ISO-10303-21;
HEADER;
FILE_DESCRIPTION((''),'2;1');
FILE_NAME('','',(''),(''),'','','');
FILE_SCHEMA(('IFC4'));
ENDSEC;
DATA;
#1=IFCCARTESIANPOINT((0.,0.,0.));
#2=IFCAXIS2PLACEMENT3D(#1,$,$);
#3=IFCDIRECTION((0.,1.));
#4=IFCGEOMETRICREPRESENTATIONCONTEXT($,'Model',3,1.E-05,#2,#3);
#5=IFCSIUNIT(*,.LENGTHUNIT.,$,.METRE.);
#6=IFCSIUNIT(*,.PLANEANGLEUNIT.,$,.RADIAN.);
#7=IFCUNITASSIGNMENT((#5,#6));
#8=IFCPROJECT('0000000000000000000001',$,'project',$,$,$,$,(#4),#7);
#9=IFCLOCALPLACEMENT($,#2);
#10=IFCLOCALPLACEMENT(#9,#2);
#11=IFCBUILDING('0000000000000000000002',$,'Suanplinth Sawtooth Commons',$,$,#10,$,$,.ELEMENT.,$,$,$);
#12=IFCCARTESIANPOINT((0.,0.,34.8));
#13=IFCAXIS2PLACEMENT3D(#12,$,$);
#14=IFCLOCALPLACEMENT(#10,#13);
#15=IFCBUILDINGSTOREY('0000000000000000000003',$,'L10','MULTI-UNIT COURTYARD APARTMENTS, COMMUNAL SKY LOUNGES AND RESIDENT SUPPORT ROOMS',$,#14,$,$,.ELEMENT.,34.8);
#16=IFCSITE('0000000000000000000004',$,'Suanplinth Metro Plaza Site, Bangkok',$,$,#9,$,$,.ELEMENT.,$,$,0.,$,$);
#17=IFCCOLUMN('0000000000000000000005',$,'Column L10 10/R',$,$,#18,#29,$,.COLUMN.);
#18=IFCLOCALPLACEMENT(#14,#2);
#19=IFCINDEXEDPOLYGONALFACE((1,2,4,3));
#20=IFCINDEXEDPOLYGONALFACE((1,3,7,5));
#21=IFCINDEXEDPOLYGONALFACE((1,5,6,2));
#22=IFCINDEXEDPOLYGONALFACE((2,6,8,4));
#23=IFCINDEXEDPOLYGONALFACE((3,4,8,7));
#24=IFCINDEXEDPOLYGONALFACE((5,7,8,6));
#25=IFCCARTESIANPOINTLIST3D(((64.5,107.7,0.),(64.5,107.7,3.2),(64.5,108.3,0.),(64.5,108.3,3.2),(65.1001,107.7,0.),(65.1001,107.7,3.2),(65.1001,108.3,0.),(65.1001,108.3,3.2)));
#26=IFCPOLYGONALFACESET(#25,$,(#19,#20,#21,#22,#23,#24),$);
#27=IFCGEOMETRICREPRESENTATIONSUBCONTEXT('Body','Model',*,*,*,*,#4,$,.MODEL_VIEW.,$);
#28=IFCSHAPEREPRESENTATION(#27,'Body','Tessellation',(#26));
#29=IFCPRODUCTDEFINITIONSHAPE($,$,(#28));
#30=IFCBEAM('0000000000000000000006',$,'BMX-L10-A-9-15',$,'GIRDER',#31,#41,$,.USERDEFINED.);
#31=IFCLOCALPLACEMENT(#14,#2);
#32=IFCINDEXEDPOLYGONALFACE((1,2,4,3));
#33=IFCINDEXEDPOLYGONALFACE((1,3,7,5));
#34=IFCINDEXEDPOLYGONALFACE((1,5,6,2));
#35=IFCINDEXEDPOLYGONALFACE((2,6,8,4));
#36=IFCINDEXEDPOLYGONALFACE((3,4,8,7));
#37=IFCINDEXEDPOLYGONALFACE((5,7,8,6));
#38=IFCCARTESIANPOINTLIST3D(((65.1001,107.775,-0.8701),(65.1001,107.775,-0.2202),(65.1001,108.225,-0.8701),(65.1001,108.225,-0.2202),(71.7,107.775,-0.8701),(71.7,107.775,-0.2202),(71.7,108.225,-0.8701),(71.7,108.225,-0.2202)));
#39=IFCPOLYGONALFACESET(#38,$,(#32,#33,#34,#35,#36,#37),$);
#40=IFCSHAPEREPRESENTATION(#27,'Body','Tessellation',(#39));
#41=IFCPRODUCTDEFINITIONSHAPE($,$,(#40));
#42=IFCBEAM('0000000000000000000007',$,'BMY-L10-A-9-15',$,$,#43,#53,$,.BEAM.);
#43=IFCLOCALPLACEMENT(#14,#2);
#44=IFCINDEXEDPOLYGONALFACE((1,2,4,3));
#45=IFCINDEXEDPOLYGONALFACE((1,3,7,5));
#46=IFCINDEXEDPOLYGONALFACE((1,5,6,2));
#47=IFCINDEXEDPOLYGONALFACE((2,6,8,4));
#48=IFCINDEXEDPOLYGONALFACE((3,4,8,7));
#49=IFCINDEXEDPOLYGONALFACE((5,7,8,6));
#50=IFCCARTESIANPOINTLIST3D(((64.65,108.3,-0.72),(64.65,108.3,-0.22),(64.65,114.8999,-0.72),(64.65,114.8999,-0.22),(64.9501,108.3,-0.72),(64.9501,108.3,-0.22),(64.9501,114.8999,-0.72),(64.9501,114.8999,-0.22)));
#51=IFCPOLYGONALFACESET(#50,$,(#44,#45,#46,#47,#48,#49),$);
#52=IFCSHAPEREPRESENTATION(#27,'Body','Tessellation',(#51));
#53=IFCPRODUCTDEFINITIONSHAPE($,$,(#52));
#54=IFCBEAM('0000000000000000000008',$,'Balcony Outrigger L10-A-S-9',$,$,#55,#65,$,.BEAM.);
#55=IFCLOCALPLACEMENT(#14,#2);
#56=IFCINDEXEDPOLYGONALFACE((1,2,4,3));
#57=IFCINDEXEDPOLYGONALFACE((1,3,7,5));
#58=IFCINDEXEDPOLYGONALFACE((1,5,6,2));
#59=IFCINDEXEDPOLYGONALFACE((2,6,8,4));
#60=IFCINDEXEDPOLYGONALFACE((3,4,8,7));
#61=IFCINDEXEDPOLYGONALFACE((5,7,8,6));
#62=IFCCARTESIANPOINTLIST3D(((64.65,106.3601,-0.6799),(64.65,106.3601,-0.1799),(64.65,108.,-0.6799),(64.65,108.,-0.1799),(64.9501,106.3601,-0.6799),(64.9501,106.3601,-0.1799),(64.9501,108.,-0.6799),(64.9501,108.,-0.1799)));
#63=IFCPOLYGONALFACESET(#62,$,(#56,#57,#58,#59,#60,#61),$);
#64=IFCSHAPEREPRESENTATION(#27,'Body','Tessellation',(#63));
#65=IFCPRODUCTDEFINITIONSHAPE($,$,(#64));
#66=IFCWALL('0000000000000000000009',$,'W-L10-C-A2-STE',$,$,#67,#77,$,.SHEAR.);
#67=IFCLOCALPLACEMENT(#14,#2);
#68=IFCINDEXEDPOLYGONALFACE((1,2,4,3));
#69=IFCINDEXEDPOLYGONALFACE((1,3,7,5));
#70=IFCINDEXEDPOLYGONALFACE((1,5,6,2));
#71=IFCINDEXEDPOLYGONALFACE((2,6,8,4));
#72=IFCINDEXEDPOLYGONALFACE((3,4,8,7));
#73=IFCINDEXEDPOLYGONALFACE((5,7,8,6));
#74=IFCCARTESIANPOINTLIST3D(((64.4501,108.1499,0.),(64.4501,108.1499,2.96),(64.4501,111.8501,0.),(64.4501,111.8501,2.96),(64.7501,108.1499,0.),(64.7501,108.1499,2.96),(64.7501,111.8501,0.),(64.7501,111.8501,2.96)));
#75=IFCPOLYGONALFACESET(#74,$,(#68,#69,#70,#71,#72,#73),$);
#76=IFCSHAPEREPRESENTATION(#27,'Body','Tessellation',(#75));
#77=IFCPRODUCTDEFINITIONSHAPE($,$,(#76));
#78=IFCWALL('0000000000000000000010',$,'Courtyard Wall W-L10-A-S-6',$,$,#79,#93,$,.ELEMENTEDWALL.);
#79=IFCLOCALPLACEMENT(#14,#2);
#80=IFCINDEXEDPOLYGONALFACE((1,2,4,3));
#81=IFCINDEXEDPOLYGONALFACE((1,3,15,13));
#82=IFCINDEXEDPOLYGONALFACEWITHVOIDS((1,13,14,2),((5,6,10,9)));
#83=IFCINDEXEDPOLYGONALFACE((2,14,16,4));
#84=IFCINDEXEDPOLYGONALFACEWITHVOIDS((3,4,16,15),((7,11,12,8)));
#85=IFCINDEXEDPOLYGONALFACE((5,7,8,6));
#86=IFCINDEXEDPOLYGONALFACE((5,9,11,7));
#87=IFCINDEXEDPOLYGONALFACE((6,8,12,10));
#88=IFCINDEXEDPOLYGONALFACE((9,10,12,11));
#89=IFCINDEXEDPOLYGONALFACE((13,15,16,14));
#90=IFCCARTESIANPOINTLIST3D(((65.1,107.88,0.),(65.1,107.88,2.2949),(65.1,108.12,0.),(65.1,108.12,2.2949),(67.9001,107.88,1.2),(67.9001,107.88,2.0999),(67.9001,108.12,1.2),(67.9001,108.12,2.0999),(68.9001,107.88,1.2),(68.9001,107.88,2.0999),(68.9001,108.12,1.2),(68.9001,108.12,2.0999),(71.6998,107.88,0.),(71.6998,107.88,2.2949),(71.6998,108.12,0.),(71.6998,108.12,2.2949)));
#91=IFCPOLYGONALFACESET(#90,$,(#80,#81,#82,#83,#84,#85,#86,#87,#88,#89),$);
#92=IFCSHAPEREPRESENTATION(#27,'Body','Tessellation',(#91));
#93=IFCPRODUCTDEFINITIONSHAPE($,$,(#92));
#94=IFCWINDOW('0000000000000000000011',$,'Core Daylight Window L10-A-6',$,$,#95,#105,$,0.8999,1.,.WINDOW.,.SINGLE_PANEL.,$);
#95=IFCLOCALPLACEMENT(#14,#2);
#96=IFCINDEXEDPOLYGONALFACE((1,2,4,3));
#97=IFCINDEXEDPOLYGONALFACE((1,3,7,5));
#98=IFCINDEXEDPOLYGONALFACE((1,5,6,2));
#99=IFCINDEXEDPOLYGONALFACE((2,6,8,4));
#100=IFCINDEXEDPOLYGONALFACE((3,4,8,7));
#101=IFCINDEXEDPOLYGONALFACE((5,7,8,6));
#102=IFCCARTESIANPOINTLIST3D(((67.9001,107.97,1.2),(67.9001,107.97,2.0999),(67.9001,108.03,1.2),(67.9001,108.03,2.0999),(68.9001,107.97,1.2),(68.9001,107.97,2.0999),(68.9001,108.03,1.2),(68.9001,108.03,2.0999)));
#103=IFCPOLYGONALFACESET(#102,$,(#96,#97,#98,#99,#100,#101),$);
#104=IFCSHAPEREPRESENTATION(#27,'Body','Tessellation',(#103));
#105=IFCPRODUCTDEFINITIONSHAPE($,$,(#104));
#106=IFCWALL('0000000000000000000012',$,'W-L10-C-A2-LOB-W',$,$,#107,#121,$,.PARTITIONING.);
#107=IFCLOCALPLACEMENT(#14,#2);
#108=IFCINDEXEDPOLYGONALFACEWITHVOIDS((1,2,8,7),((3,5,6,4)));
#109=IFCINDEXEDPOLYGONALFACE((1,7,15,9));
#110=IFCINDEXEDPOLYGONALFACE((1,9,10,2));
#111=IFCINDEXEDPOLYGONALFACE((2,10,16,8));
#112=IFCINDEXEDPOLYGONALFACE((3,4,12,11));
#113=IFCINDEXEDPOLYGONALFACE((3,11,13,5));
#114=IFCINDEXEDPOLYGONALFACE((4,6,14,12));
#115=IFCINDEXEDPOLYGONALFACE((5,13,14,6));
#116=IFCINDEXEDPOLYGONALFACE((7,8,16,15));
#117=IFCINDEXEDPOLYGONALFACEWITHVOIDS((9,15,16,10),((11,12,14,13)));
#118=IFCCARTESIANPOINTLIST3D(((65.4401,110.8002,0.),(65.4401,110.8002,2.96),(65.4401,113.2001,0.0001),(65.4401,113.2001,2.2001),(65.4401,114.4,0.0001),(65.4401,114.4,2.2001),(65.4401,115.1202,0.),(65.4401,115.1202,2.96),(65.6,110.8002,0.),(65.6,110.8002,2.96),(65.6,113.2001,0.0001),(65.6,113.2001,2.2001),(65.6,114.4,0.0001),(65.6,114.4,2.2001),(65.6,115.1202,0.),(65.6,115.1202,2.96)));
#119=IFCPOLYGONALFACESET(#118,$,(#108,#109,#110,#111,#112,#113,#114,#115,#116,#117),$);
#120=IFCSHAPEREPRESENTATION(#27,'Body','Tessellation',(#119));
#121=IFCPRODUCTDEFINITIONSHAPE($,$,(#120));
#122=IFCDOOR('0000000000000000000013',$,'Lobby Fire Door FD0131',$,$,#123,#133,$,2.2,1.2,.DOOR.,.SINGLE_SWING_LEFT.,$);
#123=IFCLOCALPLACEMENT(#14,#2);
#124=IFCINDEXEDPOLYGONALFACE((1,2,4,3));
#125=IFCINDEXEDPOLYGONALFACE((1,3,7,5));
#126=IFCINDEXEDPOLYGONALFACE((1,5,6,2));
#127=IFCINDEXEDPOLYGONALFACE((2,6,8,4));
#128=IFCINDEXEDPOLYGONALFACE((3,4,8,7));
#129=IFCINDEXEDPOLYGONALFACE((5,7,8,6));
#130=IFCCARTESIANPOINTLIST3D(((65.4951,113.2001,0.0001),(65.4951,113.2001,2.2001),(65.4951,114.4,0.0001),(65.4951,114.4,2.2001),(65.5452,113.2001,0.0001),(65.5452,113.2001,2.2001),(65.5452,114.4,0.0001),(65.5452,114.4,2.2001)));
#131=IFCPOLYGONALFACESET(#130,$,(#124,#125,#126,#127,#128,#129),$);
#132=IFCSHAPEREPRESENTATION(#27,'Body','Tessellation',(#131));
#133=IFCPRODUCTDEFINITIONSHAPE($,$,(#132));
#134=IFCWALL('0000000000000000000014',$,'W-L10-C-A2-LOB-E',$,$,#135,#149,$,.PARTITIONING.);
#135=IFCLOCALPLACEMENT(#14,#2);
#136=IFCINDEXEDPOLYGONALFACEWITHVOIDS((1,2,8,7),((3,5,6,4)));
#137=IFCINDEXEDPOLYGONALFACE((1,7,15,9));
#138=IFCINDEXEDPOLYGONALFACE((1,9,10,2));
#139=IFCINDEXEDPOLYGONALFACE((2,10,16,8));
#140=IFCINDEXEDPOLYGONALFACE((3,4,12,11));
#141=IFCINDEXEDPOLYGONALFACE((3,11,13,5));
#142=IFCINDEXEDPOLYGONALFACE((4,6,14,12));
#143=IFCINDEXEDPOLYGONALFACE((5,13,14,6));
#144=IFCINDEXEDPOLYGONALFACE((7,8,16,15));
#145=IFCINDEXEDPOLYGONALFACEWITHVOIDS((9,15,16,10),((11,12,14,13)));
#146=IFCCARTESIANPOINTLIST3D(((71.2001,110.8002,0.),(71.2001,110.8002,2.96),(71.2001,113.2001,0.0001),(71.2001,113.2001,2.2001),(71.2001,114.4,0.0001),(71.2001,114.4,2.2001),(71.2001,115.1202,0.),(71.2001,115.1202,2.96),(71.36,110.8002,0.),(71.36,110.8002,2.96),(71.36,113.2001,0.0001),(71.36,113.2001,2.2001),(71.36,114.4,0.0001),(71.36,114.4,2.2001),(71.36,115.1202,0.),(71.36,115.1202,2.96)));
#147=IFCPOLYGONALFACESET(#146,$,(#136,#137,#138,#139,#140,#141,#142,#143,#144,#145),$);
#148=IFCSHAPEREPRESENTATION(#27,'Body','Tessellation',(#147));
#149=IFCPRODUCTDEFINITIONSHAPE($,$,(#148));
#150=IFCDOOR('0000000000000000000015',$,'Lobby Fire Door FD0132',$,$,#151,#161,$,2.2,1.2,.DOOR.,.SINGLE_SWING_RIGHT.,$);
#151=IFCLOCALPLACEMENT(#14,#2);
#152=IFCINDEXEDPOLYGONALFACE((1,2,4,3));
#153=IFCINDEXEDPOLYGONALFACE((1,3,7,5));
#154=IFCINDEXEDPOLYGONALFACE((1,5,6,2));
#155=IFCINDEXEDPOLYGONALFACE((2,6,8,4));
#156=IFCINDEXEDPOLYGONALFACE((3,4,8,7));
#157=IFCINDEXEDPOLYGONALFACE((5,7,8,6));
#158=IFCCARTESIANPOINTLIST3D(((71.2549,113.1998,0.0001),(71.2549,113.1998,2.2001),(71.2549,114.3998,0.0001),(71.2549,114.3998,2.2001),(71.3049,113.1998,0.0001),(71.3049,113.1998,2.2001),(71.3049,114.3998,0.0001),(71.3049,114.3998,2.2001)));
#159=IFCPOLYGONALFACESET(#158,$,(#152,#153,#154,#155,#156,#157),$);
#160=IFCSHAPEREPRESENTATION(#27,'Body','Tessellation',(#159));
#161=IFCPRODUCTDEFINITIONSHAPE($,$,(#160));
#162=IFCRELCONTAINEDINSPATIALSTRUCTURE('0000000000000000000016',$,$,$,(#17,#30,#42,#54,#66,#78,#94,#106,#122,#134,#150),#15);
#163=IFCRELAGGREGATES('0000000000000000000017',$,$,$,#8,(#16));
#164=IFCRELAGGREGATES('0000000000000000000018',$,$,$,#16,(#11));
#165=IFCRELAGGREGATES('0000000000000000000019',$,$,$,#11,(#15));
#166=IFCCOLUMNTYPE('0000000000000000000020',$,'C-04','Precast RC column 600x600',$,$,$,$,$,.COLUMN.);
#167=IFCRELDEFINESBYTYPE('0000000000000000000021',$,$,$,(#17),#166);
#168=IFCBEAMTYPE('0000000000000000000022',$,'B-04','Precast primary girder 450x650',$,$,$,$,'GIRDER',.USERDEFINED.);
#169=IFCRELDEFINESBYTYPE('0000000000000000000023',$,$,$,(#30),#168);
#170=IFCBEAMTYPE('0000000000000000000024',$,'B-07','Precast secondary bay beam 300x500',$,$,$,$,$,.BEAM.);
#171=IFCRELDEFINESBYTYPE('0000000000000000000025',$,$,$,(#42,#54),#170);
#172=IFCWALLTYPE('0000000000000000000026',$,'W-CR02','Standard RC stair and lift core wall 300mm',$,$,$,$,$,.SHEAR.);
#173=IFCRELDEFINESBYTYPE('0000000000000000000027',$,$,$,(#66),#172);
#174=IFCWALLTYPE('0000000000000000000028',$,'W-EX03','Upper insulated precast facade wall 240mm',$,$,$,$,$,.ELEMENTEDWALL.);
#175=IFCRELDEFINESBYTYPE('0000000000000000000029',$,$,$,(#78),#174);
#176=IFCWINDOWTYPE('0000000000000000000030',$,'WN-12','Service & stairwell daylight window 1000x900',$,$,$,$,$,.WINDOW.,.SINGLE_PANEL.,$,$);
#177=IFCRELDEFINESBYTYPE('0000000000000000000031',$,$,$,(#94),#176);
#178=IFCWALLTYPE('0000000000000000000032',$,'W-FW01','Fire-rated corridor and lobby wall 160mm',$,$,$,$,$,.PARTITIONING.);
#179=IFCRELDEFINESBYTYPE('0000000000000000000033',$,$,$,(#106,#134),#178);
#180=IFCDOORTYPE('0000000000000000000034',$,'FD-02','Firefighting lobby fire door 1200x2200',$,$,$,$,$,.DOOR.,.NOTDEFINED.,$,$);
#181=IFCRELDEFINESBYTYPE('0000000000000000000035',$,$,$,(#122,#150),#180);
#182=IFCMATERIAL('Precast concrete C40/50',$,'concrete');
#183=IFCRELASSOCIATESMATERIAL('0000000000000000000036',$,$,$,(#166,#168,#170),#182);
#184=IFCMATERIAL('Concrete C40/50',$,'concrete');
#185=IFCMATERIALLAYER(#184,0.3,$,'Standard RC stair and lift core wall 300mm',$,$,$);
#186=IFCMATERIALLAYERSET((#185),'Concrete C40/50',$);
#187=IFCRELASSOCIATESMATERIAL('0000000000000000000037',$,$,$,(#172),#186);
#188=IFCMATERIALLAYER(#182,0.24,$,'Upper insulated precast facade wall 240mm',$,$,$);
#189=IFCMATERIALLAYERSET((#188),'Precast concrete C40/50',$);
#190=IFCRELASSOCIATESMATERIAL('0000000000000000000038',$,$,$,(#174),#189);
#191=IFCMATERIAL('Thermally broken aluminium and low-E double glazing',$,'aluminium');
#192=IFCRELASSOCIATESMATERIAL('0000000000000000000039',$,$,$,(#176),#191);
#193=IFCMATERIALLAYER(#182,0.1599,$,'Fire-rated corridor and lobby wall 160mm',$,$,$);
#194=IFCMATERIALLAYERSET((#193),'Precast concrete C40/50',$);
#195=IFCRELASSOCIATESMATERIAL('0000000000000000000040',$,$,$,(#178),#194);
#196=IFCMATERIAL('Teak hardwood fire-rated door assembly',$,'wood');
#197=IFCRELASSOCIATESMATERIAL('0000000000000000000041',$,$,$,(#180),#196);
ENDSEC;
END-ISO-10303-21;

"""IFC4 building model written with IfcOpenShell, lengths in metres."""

from ifc_helpers import new_model, si_unit, direction, frame, frame_2d, origin, origin_2d, place, context, subcontext, project, spatial, rectangle, extrude, material, layer, layer_set, material_profile, profile_set, type_object, element, fill, save


model = new_model("IFC4")

# Units and contexts
model_context = context("Model", 3, precision=1e-05, world=origin(), true_north=direction((0.0, 1.0)))
body_context = subcontext(model_context, "Body", "Model", "MODEL_VIEW")
ifc_project = project(units=[si_unit("LENGTHUNIT", "METRE"), si_unit("PLANEANGLEUNIT", "RADIAN")], contexts=[model_context])

# Site, building, storey
site_placement = place(None, origin())
site = spatial("IfcSite", under=ifc_project, at=site_placement, Name="Suanplinth Metro Plaza Site, Bangkok", CompositionType="ELEMENT", RefElevation=0.0)
building_placement = place(site_placement, origin())
building = spatial("IfcBuilding", under=site, at=building_placement, Name="Suanplinth Sawtooth Commons", CompositionType="ELEMENT")
storey_placement = place(building_placement, frame((0.0, 0.0, 34.8)))
storey = spatial("IfcBuildingStorey", under=building, at=storey_placement, Name="L10", Description="MULTI-UNIT COURTYARD APARTMENTS, COMMUNAL SKY LOUNGES AND RESIDENT SUPPORT ROOMS", CompositionType="ELEMENT", Elevation=34.8)

# Column
ifc_material_1 = material(Name="Precast concrete C40/50", Category="concrete")
ifc_material_profile_1 = material_profile(ifc_material_1, rectangle(XDim=0.6001, YDim=0.6001, at=origin_2d()), Name="PC-COL 600x600")
ifc_profile_set_1 = profile_set([ifc_material_profile_1], Name="Precast concrete C40/50")
column_type = type_object("IfcColumnType", Name="C-04", Description="Precast RC column 600x600", PredefinedType="COLUMN", material=ifc_profile_set_1)
column_placement = place(storey_placement, frame((64.8, 108.0, 0.0), z_axis=(0.0, 0.0, 1.0), x_axis=(1.0, 0.0, 0.0)))
element("IfcColumn", 1, at=column_placement, inside=storey, type_object=column_type, Name="Column L10 10/R", PredefinedType="COLUMN", context=body_context, shape_type="SweptSolid", body=[
    extrude(rectangle(XDim=0.6001, YDim=0.6001, at=origin_2d()), origin(), (0.0, 0.0, 1.0), 3.2),
])

# Beams
ifc_material_profile_2 = material_profile(ifc_material_1, rectangle(XDim=0.45, YDim=0.6499, at=origin_2d()), Name="PC-GDR 450x650")
ifc_profile_set_2 = profile_set([ifc_material_profile_2], Name="Precast concrete C40/50")
beam_type_1 = type_object("IfcBeamType", Name="B-04", Description="Precast primary girder 450x650", ElementType="GIRDER", PredefinedType="USERDEFINED", material=ifc_profile_set_2)
beam_1_placement = place(storey_placement, frame((65.1001, 108.0, -0.5452), z_axis=(1.0, 0.0, 0.0), x_axis=(0.0, 1.0, 0.0)))
element("IfcBeam", 2, at=beam_1_placement, inside=storey, type_object=beam_type_1, Name="BMX-L10-A-9-15", ObjectType="GIRDER", PredefinedType="USERDEFINED", context=body_context, shape_type="SweptSolid", body=[
    extrude(rectangle(XDim=0.45, YDim=0.6499, at=origin_2d()), origin(), (0.0, 0.0, 1.0), 6.5999),
])
ifc_material_profile_3 = material_profile(ifc_material_1, rectangle(XDim=0.3, YDim=0.5, at=origin_2d()), Name="PC-BM 300x500")
ifc_profile_set_3 = profile_set([ifc_material_profile_3], Name="Precast concrete C40/50")
beam_type_2 = type_object("IfcBeamType", Name="B-07", Description="Precast secondary bay beam 300x500", PredefinedType="BEAM", material=ifc_profile_set_3)
beam_2_placement = place(storey_placement, frame((64.8, 108.3, -0.47), z_axis=(0.0, 1.0, 0.0), x_axis=(-1.0, 0.0, 0.0)))
element("IfcBeam", 3, at=beam_2_placement, inside=storey, type_object=beam_type_2, Name="BMY-L10-A-9-15", PredefinedType="BEAM", context=body_context, shape_type="SweptSolid", body=[
    extrude(rectangle(XDim=0.3, YDim=0.5, at=origin_2d()), origin(), (0.0, 0.0, 1.0), 6.5999),
])
beam_3_placement = place(storey_placement, frame((64.8, 108.0, -0.4299), z_axis=(0.0, -1.0, 0.0), x_axis=(1.0, 0.0, 0.0)))
element("IfcBeam", 4, at=beam_3_placement, inside=storey, type_object=beam_type_2, Name="Balcony Outrigger L10-A-S-9", PredefinedType="BEAM", context=body_context, shape_type="SweptSolid", body=[
    extrude(rectangle(XDim=0.3, YDim=0.5, at=origin_2d()), origin(), (0.0, 0.0, 1.0), 1.6399),
])

# Wall
ifc_material_2 = material(Name="Concrete C40/50", Category="concrete")
ifc_layer_1 = layer(ifc_material_2, 0.3, Name="Standard RC stair and lift core wall 300mm")
ifc_layer_set_1 = layer_set([ifc_layer_1], Name="Concrete C40/50")
wall_type_1 = type_object("IfcWallType", Name="W-CR02", Description="Standard RC stair and lift core wall 300mm", PredefinedType="SHEAR", material=ifc_layer_set_1)
wall_1_placement = place(storey_placement, frame((64.6001, 108.1499, 0.0), z_axis=(0.0, 0.0, 1.0), x_axis=(0.0, 1.0, 0.0)))
element("IfcWall", 5, at=wall_1_placement, inside=storey, type_object=wall_type_1, Name="W-L10-C-A2-STE", PredefinedType="SHEAR", context=body_context, shape_type="SweptSolid", body=[
    extrude(rectangle(XDim=3.7002, YDim=0.3, at=frame_2d((1.8501, 0.0))), origin(), (0.0, 0.0, 1.0), 2.96),
])

# Wall, opening, window
ifc_layer_2 = layer(ifc_material_1, 0.24, Name="Upper insulated precast facade wall 240mm")
ifc_layer_set_2 = layer_set([ifc_layer_2], Name="Precast concrete C40/50")
wall_type_2 = type_object("IfcWallType", Name="W-EX03", Description="Upper insulated precast facade wall 240mm", PredefinedType="ELEMENTEDWALL", material=ifc_layer_set_2)
wall_2_placement = place(storey_placement, frame((65.1001, 108.0, 0.0), z_axis=(0.0, 0.0, 1.0), x_axis=(1.0, 0.0, 0.0)))
wall_2 = element("IfcWall", 6, at=wall_2_placement, inside=storey, type_object=wall_type_2, Name="Courtyard Wall W-L10-A-S-6", PredefinedType="ELEMENTEDWALL", context=body_context, shape_type="SweptSolid", body=[
    extrude(rectangle(XDim=6.5999, YDim=0.24, at=frame_2d((3.2998, 0.0))), origin(), (0.0, 0.0, 1.0), 2.2949),
])
opening_1_placement = place(wall_2_placement, frame((2.8, 0.0, 1.2)))
opening_1 = element("IfcOpeningElement", 7, at=opening_1_placement, cuts=wall_2, PredefinedType="OPENING", context=body_context, shape_type="SweptSolid", body=[
    extrude(rectangle(XDim=1.0, YDim=0.8999, at=frame_2d((0.5, 0.45))), frame((0.0, 0.1348, 0.0), z_axis=(0.0, -1.0, 0.0), x_axis=(1.0, 0.0, 0.0)), (0.0, 0.0, 1.0), 0.2698),
])
ifc_material_3 = material(Name="Thermally broken aluminium and low-E double glazing", Category="aluminium")
window_type = type_object("IfcWindowType", Name="WN-12", Description="Service & stairwell daylight window 1000x900", PartitioningType="SINGLE_PANEL", PredefinedType="WINDOW", material=ifc_material_3)
window_placement = place(opening_1_placement, origin())
window = element("IfcWindow", 8, at=window_placement, inside=storey, type_object=window_type, Name="Core Daylight Window L10-A-6", OverallHeight=0.8999, OverallWidth=1.0, PartitioningType="SINGLE_PANEL", PredefinedType="WINDOW", context=body_context, shape_type="SweptSolid", body=[
    extrude(rectangle(XDim=1.0, YDim=0.8999, at=frame_2d((0.5, 0.45))), frame((0.0, 0.03, 0.0), z_axis=(0.0, -1.0, 0.0), x_axis=(1.0, 0.0, 0.0)), (0.0, 0.0, 1.0), 0.0601),
])
fill(opening_1, window)

# Walls, openings, doors
ifc_layer_3 = layer(ifc_material_1, 0.1599, Name="Fire-rated corridor and lobby wall 160mm")
ifc_layer_set_3 = layer_set([ifc_layer_3], Name="Precast concrete C40/50")
wall_type_3 = type_object("IfcWallType", Name="W-FW01", Description="Fire-rated corridor and lobby wall 160mm", PredefinedType="PARTITIONING", material=ifc_layer_set_3)
wall_3_placement = place(storey_placement, frame((65.52, 110.8, 0.0), z_axis=(0.0, 0.0, 1.0), x_axis=(0.0, 1.0, 0.0)))
wall_3 = element("IfcWall", 9, at=wall_3_placement, inside=storey, type_object=wall_type_3, Name="W-L10-C-A2-LOB-W", PredefinedType="PARTITIONING", context=body_context, shape_type="SweptSolid", body=[
    extrude(rectangle(XDim=4.3201, YDim=0.1599, at=frame_2d((2.1602, 0.0))), origin(), (0.0, 0.0, 1.0), 2.96),
])
opening_2_placement = place(wall_3_placement, frame((2.3999, 0.0, 0.0)))
opening_2 = element("IfcOpeningElement", 10, at=opening_2_placement, cuts=wall_3, PredefinedType="OPENING", context=body_context, shape_type="SweptSolid", body=[
    extrude(rectangle(XDim=1.2, YDim=2.2, at=frame_2d((0.6001, 1.1001))), frame((0.0, 0.0947, 0.0), z_axis=(0.0, -1.0, 0.0), x_axis=(1.0, 0.0, 0.0)), (0.0, 0.0, 1.0), 0.1897),
])
ifc_material_4 = material(Name="Teak hardwood fire-rated door assembly", Category="wood")
door_type_1 = type_object("IfcDoorType", Name="FD-02", Description="Firefighting lobby fire door 1200x2200", OperationType="NOTDEFINED", PredefinedType="DOOR", material=ifc_material_4)
door_1_placement = place(opening_2_placement, origin())
door_1 = element("IfcDoor", 11, at=door_1_placement, inside=storey, type_object=door_type_1, Name="Lobby Fire Door FD0131", OperationType="SINGLE_SWING_LEFT", OverallHeight=2.2, OverallWidth=1.2, PredefinedType="DOOR", context=body_context, shape_type="SweptSolid", body=[
    extrude(rectangle(XDim=1.2, YDim=2.2, at=frame_2d((0.6001, 1.1001))), frame((0.0, 0.0249, 0.0), z_axis=(0.0, -1.0, 0.0), x_axis=(1.0, 0.0, 0.0)), (0.0, 0.0, 1.0), 0.05),
])
fill(opening_2, door_1)
wall_4_placement = place(storey_placement, frame((71.28, 110.8, 0.0), z_axis=(0.0, 0.0, 1.0), x_axis=(0.0, 1.0, 0.0)))
wall_4 = element("IfcWall", 12, at=wall_4_placement, inside=storey, type_object=wall_type_3, Name="W-L10-C-A2-LOB-E", PredefinedType="PARTITIONING", context=body_context, shape_type="SweptSolid", body=[
    extrude(rectangle(XDim=4.3201, YDim=0.1599, at=frame_2d((2.1602, 0.0))), origin(), (0.0, 0.0, 1.0), 2.96),
])
opening_3_placement = place(wall_4_placement, frame((2.3999, 0.0, 0.0)))
opening_3 = element("IfcOpeningElement", 13, at=opening_3_placement, cuts=wall_4, PredefinedType="OPENING", context=body_context, shape_type="SweptSolid", body=[
    extrude(rectangle(XDim=1.2, YDim=2.2, at=frame_2d((0.6001, 1.1001))), frame((0.0, 0.0947, 0.0), z_axis=(0.0, -1.0, 0.0), x_axis=(1.0, 0.0, 0.0)), (0.0, 0.0, 1.0), 0.1897),
])
door_2_placement = place(opening_3_placement, frame((1.2, 0.0, 0.0), z_axis=(0.0, 0.0, 1.0), x_axis=(-1.0, 0.0, 0.0)))
door_2 = element("IfcDoor", 14, at=door_2_placement, inside=storey, type_object=door_type_1, Name="Lobby Fire Door FD0132", OperationType="SINGLE_SWING_RIGHT", OverallHeight=2.2, OverallWidth=1.2, PredefinedType="DOOR", context=body_context, shape_type="SweptSolid", body=[
    extrude(rectangle(XDim=1.2, YDim=2.2, at=frame_2d((0.6001, 1.1001))), frame((0.0, 0.0249, 0.0), z_axis=(0.0, -1.0, 0.0), x_axis=(1.0, 0.0, 0.0)), (0.0, 0.0, 1.0), 0.05),
])
fill(opening_3, door_2)

save(model, "model.ifc")
